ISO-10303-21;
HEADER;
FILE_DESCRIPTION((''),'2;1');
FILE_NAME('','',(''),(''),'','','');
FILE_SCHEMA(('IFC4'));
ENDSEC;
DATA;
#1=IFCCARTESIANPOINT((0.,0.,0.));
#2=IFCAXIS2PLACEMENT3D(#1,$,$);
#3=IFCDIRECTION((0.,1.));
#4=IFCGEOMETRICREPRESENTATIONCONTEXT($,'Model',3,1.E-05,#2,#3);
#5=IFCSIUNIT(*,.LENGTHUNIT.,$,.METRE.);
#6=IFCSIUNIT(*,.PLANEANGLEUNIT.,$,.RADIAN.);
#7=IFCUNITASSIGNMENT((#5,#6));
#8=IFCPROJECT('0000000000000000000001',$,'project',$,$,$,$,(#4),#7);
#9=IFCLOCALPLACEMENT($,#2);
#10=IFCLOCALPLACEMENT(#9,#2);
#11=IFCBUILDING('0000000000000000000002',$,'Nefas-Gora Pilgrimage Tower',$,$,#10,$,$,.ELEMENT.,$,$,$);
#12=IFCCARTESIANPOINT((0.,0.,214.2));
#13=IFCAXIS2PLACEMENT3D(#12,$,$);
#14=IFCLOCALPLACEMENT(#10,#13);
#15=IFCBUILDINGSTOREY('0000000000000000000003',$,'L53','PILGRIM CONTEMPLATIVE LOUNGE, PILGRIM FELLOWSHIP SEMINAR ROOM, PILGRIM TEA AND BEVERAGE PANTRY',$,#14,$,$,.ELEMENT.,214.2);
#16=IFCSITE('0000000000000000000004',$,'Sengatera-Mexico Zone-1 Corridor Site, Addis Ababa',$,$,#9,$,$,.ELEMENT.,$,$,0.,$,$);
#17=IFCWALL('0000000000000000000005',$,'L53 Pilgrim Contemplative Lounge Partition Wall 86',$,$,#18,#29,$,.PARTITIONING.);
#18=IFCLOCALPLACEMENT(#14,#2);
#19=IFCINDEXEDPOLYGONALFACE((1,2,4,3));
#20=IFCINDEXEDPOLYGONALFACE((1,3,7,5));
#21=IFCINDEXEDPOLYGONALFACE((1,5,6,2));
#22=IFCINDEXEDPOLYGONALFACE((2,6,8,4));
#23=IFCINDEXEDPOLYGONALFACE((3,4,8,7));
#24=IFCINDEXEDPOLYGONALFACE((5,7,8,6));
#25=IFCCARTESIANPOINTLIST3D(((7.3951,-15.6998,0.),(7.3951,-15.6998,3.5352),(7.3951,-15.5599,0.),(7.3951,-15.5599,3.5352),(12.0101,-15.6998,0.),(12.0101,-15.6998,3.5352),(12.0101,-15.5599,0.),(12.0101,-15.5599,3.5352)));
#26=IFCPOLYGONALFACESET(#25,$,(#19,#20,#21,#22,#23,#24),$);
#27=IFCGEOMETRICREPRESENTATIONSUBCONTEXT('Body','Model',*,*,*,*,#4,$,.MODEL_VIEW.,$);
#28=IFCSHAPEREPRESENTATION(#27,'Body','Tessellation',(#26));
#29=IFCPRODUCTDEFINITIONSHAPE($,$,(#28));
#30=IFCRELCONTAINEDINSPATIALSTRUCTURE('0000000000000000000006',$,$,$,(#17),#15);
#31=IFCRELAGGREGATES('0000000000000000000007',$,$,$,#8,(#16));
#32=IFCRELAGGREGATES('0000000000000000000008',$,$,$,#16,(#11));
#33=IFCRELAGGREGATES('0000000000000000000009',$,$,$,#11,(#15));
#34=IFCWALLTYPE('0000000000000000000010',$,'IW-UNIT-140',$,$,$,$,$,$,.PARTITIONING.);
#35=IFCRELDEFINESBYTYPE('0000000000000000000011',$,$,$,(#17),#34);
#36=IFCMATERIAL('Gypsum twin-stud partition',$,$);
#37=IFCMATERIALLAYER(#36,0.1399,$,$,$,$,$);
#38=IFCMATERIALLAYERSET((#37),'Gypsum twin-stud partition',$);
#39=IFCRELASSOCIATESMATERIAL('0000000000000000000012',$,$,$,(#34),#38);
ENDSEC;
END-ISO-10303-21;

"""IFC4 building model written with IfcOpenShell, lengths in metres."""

from ifc_helpers import new_model, si_unit, direction, frame, frame_2d, origin, place, context, subcontext, project, spatial, rectangle, extrude, source, transform, mapped, material, layer, layer_set, type_object, element, save


model = new_model("IFC4")

# Units and contexts
model_context = context("Model", 3, precision=1e-05, world=origin(), true_north=direction((0.0, 1.0)))
body_context = subcontext(model_context, "Body", "Model", "MODEL_VIEW")
ifc_project = project(units=[si_unit("LENGTHUNIT", "METRE"), si_unit("PLANEANGLEUNIT", "RADIAN")], contexts=[model_context])

# Site, building, storey
site_placement = place(None, origin())
site = spatial("IfcSite", under=ifc_project, at=site_placement, Name="Sengatera-Mexico Zone-1 Corridor Site, Addis Ababa", CompositionType="ELEMENT", RefElevation=0.0)
building_placement = place(site_placement, origin())
building = spatial("IfcBuilding", under=site, at=building_placement, Name="Nefas-Gora Pilgrimage Tower", CompositionType="ELEMENT")
storey_placement = place(building_placement, frame((0.0, 0.0, 214.2)))
storey = spatial("IfcBuildingStorey", under=building, at=storey_placement, Name="L53", Description="PILGRIM CONTEMPLATIVE LOUNGE, PILGRIM FELLOWSHIP SEMINAR ROOM, PILGRIM TEA AND BEVERAGE PANTRY", CompositionType="ELEMENT", Elevation=214.2)

# Shared definitions
ifc_material_1 = material(Name="Gypsum twin-stud partition")
ifc_layer_1 = layer(ifc_material_1, 0.1399)
ifc_layer_set_1 = layer_set([ifc_layer_1], Name="Gypsum twin-stud partition")
wall_type_1 = type_object("IfcWallType", Name="IW-UNIT-140", PredefinedType="PARTITIONING", material=ifc_layer_set_1)

# Wall
shared_shape_1 = source(origin(), body_context, "Body", "SweptSolid", [
    extrude(rectangle(XDim=4.615, YDim=0.1399, at=frame_2d((2.3076, 0.0))), origin(), (0.0, 0.0, 1.0), 3.5352),
])
wall_1_placement = place(storey_placement, frame((7.395, -15.6299, 0.0), z_axis=(0.0, 0.0, 1.0), x_axis=(1.0, 0.0, 0.0)))
element("IfcWall", 1, at=wall_1_placement, inside=storey, type_object=wall_type_1, Name="L53 Pilgrim Contemplative Lounge Partition Wall 86", PredefinedType="PARTITIONING", context=body_context, shape_type="MappedRepresentation", body=[
    mapped(shared_shape_1, transform((0.0, 0.0, 0.0), x_axis=(1.0, 0.0, 0.0), y_axis=(0.0, 1.0, 0.0), z_axis=(0.0, 0.0, 1.0), scale=1.0)),
])

save(model, "model.ifc")
